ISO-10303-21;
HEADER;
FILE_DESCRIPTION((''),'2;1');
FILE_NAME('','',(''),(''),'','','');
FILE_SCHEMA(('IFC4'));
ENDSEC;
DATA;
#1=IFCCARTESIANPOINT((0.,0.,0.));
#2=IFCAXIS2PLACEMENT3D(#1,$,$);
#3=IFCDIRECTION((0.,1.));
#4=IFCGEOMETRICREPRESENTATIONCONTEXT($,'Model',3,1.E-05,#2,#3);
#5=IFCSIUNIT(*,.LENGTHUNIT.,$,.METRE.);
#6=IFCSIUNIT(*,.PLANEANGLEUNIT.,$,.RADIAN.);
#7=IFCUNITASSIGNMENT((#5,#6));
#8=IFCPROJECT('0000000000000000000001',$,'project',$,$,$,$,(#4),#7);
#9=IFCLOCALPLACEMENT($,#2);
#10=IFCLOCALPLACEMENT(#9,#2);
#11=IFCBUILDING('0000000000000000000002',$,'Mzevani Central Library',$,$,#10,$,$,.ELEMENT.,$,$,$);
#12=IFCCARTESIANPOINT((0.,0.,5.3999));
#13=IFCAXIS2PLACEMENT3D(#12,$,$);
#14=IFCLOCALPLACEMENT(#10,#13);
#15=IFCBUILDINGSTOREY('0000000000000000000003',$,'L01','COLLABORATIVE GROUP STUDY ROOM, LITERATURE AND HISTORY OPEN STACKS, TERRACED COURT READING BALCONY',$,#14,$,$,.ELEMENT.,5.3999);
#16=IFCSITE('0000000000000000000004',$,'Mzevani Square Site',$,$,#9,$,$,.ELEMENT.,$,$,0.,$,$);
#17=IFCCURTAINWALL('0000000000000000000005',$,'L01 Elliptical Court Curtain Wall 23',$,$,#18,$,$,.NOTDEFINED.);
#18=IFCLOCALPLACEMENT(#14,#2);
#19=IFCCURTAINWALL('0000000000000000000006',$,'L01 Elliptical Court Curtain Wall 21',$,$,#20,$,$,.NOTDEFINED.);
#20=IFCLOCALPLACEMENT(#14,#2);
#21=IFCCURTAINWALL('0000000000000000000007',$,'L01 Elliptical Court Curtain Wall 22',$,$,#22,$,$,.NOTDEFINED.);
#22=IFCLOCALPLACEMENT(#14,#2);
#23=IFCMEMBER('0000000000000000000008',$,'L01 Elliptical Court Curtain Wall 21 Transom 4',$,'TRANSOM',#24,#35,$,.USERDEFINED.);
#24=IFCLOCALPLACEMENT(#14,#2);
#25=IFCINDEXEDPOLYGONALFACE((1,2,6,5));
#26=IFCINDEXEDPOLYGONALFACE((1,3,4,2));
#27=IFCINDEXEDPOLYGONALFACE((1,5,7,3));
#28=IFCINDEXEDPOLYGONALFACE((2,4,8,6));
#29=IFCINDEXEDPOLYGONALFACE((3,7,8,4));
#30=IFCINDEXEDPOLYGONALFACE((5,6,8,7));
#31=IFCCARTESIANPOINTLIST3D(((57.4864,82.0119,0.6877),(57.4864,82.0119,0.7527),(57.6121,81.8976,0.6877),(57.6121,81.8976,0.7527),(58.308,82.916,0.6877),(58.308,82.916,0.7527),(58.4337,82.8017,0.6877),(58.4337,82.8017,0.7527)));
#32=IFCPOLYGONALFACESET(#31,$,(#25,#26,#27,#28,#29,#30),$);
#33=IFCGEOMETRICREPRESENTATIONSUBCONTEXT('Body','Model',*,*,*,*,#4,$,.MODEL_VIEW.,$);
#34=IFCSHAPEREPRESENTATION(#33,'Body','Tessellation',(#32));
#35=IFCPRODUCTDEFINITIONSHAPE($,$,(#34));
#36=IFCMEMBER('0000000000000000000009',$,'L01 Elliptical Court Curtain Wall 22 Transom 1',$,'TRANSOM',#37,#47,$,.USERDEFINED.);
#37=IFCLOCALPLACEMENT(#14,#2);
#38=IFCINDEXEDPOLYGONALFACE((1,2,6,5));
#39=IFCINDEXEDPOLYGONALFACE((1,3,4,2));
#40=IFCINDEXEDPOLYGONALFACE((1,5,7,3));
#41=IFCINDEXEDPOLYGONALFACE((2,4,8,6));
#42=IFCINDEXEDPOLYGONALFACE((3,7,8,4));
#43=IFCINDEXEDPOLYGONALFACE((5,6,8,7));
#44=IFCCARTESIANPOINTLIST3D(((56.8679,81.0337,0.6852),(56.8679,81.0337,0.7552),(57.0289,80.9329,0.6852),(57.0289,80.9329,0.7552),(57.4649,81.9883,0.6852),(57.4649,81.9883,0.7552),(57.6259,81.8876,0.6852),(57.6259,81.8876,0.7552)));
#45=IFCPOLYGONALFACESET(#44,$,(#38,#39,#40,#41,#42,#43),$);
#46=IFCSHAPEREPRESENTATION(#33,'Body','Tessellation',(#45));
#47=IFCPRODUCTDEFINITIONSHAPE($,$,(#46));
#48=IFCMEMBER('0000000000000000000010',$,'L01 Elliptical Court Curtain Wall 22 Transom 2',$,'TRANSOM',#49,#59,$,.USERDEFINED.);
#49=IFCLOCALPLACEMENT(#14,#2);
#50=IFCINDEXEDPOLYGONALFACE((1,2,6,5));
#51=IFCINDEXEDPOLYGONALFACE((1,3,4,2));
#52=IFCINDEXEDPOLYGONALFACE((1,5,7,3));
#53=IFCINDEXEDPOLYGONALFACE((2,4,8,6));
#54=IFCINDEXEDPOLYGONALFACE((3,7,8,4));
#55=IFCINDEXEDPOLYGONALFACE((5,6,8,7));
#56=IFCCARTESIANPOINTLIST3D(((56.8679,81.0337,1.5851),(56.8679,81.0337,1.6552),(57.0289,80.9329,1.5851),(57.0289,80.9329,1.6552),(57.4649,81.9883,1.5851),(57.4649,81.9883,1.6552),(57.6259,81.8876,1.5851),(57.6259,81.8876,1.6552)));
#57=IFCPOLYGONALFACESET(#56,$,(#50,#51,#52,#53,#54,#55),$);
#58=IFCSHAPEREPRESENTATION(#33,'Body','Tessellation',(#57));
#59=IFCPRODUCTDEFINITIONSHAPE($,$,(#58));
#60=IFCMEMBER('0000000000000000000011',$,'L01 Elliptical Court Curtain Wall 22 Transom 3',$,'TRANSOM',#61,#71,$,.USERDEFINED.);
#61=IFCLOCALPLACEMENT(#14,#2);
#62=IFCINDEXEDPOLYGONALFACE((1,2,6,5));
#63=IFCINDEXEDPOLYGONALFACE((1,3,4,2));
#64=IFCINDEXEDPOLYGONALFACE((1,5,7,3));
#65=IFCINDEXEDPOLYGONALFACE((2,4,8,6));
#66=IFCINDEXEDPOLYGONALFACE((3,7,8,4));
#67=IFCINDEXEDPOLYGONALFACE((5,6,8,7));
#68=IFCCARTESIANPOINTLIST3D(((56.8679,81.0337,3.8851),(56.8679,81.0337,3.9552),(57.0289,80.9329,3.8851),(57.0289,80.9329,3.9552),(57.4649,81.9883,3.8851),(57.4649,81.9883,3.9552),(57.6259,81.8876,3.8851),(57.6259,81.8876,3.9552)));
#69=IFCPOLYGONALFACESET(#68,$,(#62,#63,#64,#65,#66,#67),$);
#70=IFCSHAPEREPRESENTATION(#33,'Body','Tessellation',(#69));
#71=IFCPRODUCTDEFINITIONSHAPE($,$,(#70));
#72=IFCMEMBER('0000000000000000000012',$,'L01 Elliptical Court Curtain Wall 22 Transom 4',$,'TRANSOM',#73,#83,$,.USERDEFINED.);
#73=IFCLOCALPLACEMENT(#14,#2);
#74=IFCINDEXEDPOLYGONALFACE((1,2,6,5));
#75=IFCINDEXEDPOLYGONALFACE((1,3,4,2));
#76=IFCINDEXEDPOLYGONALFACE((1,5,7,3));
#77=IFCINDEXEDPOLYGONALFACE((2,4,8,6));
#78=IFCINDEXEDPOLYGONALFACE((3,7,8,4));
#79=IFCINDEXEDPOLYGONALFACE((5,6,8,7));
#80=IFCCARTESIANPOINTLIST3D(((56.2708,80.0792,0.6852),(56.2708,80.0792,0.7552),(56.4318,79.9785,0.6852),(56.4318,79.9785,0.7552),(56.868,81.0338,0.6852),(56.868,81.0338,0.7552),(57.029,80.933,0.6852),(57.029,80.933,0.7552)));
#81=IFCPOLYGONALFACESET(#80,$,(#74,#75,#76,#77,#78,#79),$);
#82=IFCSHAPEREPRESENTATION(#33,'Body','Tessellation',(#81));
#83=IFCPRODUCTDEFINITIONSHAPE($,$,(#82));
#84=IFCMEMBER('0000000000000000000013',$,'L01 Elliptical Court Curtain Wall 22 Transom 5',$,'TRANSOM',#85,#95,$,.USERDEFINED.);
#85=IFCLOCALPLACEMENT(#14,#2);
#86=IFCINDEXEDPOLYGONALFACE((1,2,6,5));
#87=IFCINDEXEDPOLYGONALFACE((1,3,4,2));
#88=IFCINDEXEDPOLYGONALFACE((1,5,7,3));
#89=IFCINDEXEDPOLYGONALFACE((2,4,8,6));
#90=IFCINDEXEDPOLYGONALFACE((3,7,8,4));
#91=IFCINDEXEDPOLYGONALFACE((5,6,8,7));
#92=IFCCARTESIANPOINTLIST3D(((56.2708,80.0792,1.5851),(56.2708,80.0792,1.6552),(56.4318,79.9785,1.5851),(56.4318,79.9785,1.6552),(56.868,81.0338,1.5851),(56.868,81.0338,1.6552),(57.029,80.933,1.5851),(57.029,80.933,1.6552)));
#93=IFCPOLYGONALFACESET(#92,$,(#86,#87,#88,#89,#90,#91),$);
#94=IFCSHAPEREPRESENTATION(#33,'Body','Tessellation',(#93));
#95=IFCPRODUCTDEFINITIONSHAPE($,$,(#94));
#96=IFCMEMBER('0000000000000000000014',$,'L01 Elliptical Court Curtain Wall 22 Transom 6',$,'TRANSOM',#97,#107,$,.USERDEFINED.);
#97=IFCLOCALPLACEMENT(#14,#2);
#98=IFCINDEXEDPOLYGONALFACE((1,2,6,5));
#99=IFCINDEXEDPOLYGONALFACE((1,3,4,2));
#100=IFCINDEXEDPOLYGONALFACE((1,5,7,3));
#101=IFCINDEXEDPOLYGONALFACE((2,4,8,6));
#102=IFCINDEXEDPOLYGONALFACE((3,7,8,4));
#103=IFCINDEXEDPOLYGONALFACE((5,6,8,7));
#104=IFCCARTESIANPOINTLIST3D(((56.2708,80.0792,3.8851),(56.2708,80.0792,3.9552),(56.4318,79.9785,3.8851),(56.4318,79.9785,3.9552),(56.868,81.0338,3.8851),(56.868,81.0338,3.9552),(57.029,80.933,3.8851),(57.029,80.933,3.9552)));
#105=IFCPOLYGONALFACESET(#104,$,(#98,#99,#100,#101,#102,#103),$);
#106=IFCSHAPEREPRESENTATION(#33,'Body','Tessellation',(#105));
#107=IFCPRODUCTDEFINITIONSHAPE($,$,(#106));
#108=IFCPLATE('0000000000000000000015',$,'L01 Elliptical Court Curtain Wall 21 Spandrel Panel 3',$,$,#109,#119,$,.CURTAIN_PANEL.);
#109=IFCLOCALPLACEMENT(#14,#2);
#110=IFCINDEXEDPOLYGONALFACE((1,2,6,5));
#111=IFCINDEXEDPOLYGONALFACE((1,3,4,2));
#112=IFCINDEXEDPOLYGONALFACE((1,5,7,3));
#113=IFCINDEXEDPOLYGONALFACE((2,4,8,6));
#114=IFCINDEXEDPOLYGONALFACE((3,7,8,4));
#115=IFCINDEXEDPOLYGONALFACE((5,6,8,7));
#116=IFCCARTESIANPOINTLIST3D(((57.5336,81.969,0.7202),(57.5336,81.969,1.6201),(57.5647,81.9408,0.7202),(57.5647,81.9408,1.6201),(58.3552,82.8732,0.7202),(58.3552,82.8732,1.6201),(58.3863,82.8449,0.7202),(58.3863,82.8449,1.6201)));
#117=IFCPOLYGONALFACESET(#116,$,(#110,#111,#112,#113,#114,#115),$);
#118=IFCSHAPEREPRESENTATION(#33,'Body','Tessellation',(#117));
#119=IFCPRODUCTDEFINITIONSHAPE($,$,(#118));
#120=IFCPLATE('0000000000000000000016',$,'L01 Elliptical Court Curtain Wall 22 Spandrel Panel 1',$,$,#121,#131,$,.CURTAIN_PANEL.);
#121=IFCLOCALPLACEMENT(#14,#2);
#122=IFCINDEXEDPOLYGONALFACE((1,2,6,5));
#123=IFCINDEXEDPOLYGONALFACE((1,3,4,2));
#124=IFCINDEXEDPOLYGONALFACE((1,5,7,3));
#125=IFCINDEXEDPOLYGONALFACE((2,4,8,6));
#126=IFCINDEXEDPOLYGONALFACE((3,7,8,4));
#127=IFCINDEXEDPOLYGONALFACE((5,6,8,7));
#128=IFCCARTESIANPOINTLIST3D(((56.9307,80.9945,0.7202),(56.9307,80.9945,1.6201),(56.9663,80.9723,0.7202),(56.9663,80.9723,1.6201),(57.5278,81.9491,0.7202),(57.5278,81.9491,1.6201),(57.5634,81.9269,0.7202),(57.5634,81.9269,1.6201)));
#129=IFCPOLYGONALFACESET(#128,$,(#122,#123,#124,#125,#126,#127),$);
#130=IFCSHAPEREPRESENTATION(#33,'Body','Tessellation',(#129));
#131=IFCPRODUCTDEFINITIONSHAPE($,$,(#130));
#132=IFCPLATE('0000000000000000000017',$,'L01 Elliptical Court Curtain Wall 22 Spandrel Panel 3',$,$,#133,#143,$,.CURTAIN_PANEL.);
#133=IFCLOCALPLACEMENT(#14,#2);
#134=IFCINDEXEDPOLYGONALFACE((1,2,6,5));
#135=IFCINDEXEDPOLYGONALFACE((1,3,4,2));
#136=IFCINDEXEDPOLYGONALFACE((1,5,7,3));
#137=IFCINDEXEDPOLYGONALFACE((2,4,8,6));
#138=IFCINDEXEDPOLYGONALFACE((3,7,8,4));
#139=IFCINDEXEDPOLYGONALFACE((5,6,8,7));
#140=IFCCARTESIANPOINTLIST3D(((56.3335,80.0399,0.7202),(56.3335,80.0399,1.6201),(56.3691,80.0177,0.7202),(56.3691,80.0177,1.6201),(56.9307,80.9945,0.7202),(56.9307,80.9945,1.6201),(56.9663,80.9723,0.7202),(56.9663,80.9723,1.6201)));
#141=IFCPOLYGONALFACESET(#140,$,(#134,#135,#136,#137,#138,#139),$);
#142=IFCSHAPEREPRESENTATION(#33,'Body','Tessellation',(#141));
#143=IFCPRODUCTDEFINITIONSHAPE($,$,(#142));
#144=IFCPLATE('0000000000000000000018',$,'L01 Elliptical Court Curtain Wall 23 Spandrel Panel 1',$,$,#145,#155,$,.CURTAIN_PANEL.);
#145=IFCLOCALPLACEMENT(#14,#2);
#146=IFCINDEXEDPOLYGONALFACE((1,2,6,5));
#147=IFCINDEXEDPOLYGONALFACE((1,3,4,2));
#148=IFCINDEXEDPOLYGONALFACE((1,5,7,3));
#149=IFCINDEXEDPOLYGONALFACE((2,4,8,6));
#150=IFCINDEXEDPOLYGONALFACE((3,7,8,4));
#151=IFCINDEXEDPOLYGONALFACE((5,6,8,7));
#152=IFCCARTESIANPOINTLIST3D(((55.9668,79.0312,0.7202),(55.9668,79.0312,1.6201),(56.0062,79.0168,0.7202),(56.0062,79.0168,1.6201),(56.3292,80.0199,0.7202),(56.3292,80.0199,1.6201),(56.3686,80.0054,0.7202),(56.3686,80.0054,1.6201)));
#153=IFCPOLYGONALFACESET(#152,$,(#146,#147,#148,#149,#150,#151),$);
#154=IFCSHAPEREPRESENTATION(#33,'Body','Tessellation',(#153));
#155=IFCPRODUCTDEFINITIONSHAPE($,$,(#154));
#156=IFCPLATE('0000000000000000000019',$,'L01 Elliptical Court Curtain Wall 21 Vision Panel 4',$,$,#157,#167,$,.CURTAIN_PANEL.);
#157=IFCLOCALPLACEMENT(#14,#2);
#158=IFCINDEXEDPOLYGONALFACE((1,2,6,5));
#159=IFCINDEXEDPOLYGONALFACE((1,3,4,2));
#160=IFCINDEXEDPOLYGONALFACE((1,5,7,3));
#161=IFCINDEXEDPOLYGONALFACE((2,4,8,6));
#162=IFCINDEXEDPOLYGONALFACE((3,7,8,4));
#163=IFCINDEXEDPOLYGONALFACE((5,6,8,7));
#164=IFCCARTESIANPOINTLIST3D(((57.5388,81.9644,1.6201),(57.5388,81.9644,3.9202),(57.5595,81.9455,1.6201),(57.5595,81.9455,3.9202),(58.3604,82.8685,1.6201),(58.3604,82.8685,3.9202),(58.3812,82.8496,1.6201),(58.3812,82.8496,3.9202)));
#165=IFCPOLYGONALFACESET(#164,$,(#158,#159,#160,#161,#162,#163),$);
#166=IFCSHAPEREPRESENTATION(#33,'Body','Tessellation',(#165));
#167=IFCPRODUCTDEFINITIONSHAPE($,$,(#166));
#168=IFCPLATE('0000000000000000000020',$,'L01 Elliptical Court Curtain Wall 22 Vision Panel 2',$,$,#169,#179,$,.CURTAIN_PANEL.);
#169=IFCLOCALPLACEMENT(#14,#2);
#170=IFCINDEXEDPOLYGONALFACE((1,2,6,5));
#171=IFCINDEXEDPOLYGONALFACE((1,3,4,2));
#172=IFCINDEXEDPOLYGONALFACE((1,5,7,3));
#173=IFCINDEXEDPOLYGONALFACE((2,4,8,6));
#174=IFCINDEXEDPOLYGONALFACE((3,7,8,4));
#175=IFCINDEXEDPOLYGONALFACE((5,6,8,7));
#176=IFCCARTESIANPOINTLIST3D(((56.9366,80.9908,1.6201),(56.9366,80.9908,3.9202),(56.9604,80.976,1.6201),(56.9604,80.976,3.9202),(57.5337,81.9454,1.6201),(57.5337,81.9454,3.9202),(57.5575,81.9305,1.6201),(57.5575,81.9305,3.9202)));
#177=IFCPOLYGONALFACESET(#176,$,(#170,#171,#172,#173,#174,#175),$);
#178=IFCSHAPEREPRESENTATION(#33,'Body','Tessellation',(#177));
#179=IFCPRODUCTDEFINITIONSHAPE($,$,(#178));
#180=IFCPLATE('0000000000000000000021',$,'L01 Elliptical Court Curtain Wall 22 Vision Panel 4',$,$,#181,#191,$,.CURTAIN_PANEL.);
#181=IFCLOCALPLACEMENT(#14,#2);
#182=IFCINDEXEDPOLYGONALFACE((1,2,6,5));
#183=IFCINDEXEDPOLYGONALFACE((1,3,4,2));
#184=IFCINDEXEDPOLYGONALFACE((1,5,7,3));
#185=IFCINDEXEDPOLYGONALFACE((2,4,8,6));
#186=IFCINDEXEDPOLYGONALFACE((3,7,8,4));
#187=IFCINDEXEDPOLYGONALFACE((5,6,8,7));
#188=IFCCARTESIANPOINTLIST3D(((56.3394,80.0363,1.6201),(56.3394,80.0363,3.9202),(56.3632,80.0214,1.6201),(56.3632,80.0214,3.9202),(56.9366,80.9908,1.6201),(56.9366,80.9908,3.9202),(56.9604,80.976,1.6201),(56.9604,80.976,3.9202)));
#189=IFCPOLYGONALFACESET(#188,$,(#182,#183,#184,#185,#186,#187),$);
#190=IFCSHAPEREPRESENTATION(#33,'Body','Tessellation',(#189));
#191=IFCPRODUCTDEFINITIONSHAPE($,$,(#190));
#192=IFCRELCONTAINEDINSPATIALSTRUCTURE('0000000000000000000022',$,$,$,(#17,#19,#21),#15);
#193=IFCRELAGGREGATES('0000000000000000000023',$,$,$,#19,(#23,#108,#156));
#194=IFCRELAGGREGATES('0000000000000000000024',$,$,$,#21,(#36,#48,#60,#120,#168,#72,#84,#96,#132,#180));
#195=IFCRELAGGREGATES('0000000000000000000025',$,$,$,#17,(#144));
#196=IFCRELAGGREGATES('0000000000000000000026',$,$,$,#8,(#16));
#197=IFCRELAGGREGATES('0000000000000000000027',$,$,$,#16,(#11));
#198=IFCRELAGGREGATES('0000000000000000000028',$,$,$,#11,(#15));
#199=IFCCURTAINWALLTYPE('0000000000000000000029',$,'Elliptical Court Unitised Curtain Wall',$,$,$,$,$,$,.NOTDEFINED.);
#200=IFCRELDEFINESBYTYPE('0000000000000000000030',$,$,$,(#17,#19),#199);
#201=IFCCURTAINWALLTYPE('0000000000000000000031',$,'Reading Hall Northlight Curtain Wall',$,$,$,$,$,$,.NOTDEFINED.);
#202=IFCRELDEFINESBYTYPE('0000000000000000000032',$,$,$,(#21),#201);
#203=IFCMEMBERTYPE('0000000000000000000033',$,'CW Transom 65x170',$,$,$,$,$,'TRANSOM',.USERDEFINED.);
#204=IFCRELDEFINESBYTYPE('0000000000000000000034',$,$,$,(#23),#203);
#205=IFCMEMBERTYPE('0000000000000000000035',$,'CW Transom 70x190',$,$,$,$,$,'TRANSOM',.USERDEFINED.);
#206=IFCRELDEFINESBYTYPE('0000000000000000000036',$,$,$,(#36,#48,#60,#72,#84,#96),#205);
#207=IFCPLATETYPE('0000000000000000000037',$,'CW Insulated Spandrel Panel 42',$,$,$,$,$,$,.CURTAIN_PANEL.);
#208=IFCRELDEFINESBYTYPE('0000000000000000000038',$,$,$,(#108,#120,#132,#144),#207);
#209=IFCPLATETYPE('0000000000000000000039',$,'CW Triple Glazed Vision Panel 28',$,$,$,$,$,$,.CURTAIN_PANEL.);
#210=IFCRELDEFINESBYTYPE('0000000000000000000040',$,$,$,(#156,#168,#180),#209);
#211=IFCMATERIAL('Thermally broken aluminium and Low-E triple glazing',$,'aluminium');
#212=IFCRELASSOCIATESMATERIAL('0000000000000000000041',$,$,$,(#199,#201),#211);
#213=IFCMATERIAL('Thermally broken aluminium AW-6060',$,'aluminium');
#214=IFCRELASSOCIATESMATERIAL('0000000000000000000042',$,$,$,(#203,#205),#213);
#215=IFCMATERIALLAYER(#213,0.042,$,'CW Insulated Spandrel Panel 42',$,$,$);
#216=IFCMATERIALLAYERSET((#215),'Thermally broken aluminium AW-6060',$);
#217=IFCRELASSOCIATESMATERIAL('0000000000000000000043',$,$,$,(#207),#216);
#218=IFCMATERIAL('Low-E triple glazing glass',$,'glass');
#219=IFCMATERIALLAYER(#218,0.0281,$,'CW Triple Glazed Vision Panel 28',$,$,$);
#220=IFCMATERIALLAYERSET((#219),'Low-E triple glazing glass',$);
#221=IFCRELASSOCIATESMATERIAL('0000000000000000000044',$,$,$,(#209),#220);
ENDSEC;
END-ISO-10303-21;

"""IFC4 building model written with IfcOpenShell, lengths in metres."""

from ifc_helpers import new_model, si_unit, direction, frame, origin, origin_2d, place, context, subcontext, project, spatial, rectangle, extrude, material, layer, layer_set, material_profile, profile_set, type_object, element, aggregate, save


model = new_model("IFC4")

# Units and contexts
model_context = context("Model", 3, precision=1e-05, world=origin(), true_north=direction((0.0, 1.0)))
body_context = subcontext(model_context, "Body", "Model", "MODEL_VIEW")
ifc_project = project(units=[si_unit("LENGTHUNIT", "METRE"), si_unit("PLANEANGLEUNIT", "RADIAN")], contexts=[model_context])

# Site, building, storey
site_placement = place(None, origin())
site = spatial("IfcSite", under=ifc_project, at=site_placement, Name="Mzevani Square Site", CompositionType="ELEMENT", RefElevation=0.0)
building_placement = place(site_placement, origin())
building = spatial("IfcBuilding", under=site, at=building_placement, Name="Mzevani Central Library", CompositionType="ELEMENT")
storey_placement = place(building_placement, frame((0.0, 0.0, 5.3999)))
storey = spatial("IfcBuildingStorey", under=building, at=storey_placement, Name="L01", Description="COLLABORATIVE GROUP STUDY ROOM, LITERATURE AND HISTORY OPEN STACKS, TERRACED COURT READING BALCONY", CompositionType="ELEMENT", Elevation=5.3999)

# Curtain walls
ifc_material_1 = material(Name="Thermally broken aluminium and Low-E triple glazing", Category="aluminium")
curtain_wall_type_1 = type_object("IfcCurtainWallType", Name="Elliptical Court Unitised Curtain Wall", PredefinedType="NOTDEFINED", material=ifc_material_1)
curtain_wall_1_placement = place(storey_placement, origin())
curtain_wall_1 = element("IfcCurtainWall", 1, at=curtain_wall_1_placement, inside=storey, type_object=curtain_wall_type_1, Name="L01 Elliptical Court Curtain Wall 23", PredefinedType="NOTDEFINED")
ifc_material_2 = material(Name="Thermally broken aluminium AW-6060", Category="aluminium")
curtain_wall_2_placement = place(storey_placement, origin())
curtain_wall_2 = element("IfcCurtainWall", 2, at=curtain_wall_2_placement, inside=storey, type_object=curtain_wall_type_1, Name="L01 Elliptical Court Curtain Wall 21", PredefinedType="NOTDEFINED")
curtain_wall_type_2 = type_object("IfcCurtainWallType", Name="Reading Hall Northlight Curtain Wall", PredefinedType="NOTDEFINED", material=ifc_material_1)
curtain_wall_3_placement = place(storey_placement, origin())
curtain_wall_3 = element("IfcCurtainWall", 3, at=curtain_wall_3_placement, inside=storey, type_object=curtain_wall_type_2, Name="L01 Elliptical Court Curtain Wall 22", PredefinedType="NOTDEFINED")

# Members
ifc_material_profile_1 = material_profile(ifc_material_2, rectangle(XDim=0.1699, YDim=0.0649, at=origin_2d()), Name="ALU T65x170")
ifc_profile_set_1 = profile_set([ifc_material_profile_1], Name="Thermally broken aluminium AW-6060")
member_type_1 = type_object("IfcMemberType", Name="CW Transom 65x170", ElementType="TRANSOM", PredefinedType="USERDEFINED", material=ifc_profile_set_1)
member_1_placement = place(storey_placement, frame((58.3708, 82.8589, 0.7202), z_axis=(-0.672524, -0.740076, 0.0), x_axis=(0.740076, -0.672524, 0.0)))
member_1 = element("IfcMember", 4, at=member_1_placement, type_object=member_type_1, Name="L01 Elliptical Court Curtain Wall 21 Transom 4", ObjectType="TRANSOM", PredefinedType="USERDEFINED", context=body_context, shape_type="SweptSolid", body=[
    extrude(rectangle(XDim=0.1699, YDim=0.0649, at=origin_2d()), origin(), (0.0, 0.0, 1.0), 1.2217),
])
ifc_material_profile_2 = material_profile(ifc_material_2, rectangle(XDim=0.1899, YDim=0.0701, at=origin_2d()), Name="ALU T70x190")
ifc_profile_set_2 = profile_set([ifc_material_profile_2], Name="Thermally broken aluminium AW-6060")
member_type_2 = type_object("IfcMemberType", Name="CW Transom 70x190", ElementType="TRANSOM", PredefinedType="USERDEFINED", material=ifc_profile_set_2)
member_2_placement = place(storey_placement, frame((57.5454, 81.938, 0.7202), z_axis=(-0.530194, -0.847876, 0.0), x_axis=(0.847876, -0.530194, 0.0)))
member_2 = element("IfcMember", 5, at=member_2_placement, type_object=member_type_2, Name="L01 Elliptical Court Curtain Wall 22 Transom 1", ObjectType="TRANSOM", PredefinedType="USERDEFINED", context=body_context, shape_type="SweptSolid", body=[
    extrude(rectangle(XDim=0.1899, YDim=0.0701, at=origin_2d()), origin(), (0.0, 0.0, 1.0), 1.126),
])
member_3_placement = place(storey_placement, frame((57.5454, 81.938, 1.6201), z_axis=(-0.530194, -0.847876, 0.0), x_axis=(0.847876, -0.530194, 0.0)))
member_3 = element("IfcMember", 6, at=member_3_placement, type_object=member_type_2, Name="L01 Elliptical Court Curtain Wall 22 Transom 2", ObjectType="TRANSOM", PredefinedType="USERDEFINED", context=body_context, shape_type="SweptSolid", body=[
    extrude(rectangle(XDim=0.1899, YDim=0.0701, at=origin_2d()), origin(), (0.0, 0.0, 1.0), 1.126),
])
member_4_placement = place(storey_placement, frame((57.5454, 81.938, 3.9202), z_axis=(-0.530194, -0.847876, 0.0), x_axis=(0.847876, -0.530194, 0.0)))
member_4 = element("IfcMember", 7, at=member_4_placement, type_object=member_type_2, Name="L01 Elliptical Court Curtain Wall 22 Transom 3", ObjectType="TRANSOM", PredefinedType="USERDEFINED", context=body_context, shape_type="SweptSolid", body=[
    extrude(rectangle(XDim=0.1899, YDim=0.0701, at=origin_2d()), origin(), (0.0, 0.0, 1.0), 1.126),
])
member_5_placement = place(storey_placement, frame((56.9485, 80.9834, 0.7202), z_axis=(-0.53035, -0.847779, 0.0), x_axis=(0.847779, -0.53035, 0.0)))
member_5 = element("IfcMember", 8, at=member_5_placement, type_object=member_type_2, Name="L01 Elliptical Court Curtain Wall 22 Transom 4", ObjectType="TRANSOM", PredefinedType="USERDEFINED", context=body_context, shape_type="SweptSolid", body=[
    extrude(rectangle(XDim=0.1899, YDim=0.0701, at=origin_2d()), origin(), (0.0, 0.0, 1.0), 1.126),
])
member_6_placement = place(storey_placement, frame((56.9485, 80.9834, 1.6201), z_axis=(-0.53035, -0.847779, 0.0), x_axis=(0.847779, -0.53035, 0.0)))
member_6 = element("IfcMember", 9, at=member_6_placement, type_object=member_type_2, Name="L01 Elliptical Court Curtain Wall 22 Transom 5", ObjectType="TRANSOM", PredefinedType="USERDEFINED", context=body_context, shape_type="SweptSolid", body=[
    extrude(rectangle(XDim=0.1899, YDim=0.0701, at=origin_2d()), origin(), (0.0, 0.0, 1.0), 1.126),
])
member_7_placement = place(storey_placement, frame((56.9485, 80.9834, 3.9202), z_axis=(-0.53035, -0.847779, 0.0), x_axis=(0.847779, -0.53035, 0.0)))
member_7 = element("IfcMember", 10, at=member_7_placement, type_object=member_type_2, Name="L01 Elliptical Court Curtain Wall 22 Transom 6", ObjectType="TRANSOM", PredefinedType="USERDEFINED", context=body_context, shape_type="SweptSolid", body=[
    extrude(rectangle(XDim=0.1899, YDim=0.0701, at=origin_2d()), origin(), (0.0, 0.0, 1.0), 1.126),
])

# Plates
ifc_layer_1 = layer(ifc_material_2, 0.042, Name="CW Insulated Spandrel Panel 42")
ifc_layer_set_1 = layer_set([ifc_layer_1], Name="Thermally broken aluminium AW-6060")
plate_type_1 = type_object("IfcPlateType", Name="CW Insulated Spandrel Panel 42", PredefinedType="CURTAIN_PANEL", material=ifc_layer_set_1)
plate_1_placement = place(storey_placement, frame((57.96, 82.407, 0.7202), z_axis=(0.0, 0.0, 1.0), x_axis=(-0.672532, -0.740068, 0.0)))
plate_1 = element("IfcPlate", 11, at=plate_1_placement, type_object=plate_type_1, Name="L01 Elliptical Court Curtain Wall 21 Spandrel Panel 3", PredefinedType="CURTAIN_PANEL", context=body_context, shape_type="SweptSolid", body=[
    extrude(rectangle(XDim=1.2217, YDim=0.042, at=origin_2d()), origin(), (0.0, 0.0, 1.0), 0.8999),
])
plate_2_placement = place(storey_placement, frame((57.2471, 81.4607, 0.7202), z_axis=(0.0, 0.0, 1.0), x_axis=(-0.530343, -0.847783, 0.0)))
plate_2 = element("IfcPlate", 12, at=plate_2_placement, type_object=plate_type_1, Name="L01 Elliptical Court Curtain Wall 22 Spandrel Panel 1", PredefinedType="CURTAIN_PANEL", context=body_context, shape_type="SweptSolid", body=[
    extrude(rectangle(XDim=1.126, YDim=0.042, at=origin_2d()), origin(), (0.0, 0.0, 1.0), 0.8999),
])
plate_3_placement = place(storey_placement, frame((56.6499, 80.5061, 0.7202), z_axis=(0.0, 0.0, 1.0), x_axis=(-0.530343, -0.847783, 0.0)))
plate_3 = element("IfcPlate", 13, at=plate_3_placement, type_object=plate_type_1, Name="L01 Elliptical Court Curtain Wall 22 Spandrel Panel 3", PredefinedType="CURTAIN_PANEL", context=body_context, shape_type="SweptSolid", body=[
    extrude(rectangle(XDim=1.126, YDim=0.042, at=origin_2d()), origin(), (0.0, 0.0, 1.0), 0.8999),
])
plate_4_placement = place(storey_placement, frame((56.1677, 79.5183, 0.7202), z_axis=(0.0, 0.0, 1.0), x_axis=(-0.344166, -0.938909, 0.0)))
plate_4 = element("IfcPlate", 14, at=plate_4_placement, type_object=plate_type_1, Name="L01 Elliptical Court Curtain Wall 23 Spandrel Panel 1", PredefinedType="CURTAIN_PANEL", context=body_context, shape_type="SweptSolid", body=[
    extrude(rectangle(XDim=1.053, YDim=0.042, at=origin_2d()), origin(), (0.0, 0.0, 1.0), 0.8999),
])
ifc_material_3 = material(Name="Low-E triple glazing glass", Category="glass")
ifc_layer_2 = layer(ifc_material_3, 0.0281, Name="CW Triple Glazed Vision Panel 28")
ifc_layer_set_2 = layer_set([ifc_layer_2], Name="Low-E triple glazing glass")
plate_type_2 = type_object("IfcPlateType", Name="CW Triple Glazed Vision Panel 28", PredefinedType="CURTAIN_PANEL", material=ifc_layer_set_2)
plate_5_placement = place(storey_placement, frame((57.96, 82.407, 1.6201), z_axis=(0.0, 0.0, 1.0), x_axis=(-0.672532, -0.740068, 0.0)))
plate_5 = element("IfcPlate", 15, at=plate_5_placement, type_object=plate_type_2, Name="L01 Elliptical Court Curtain Wall 21 Vision Panel 4", PredefinedType="CURTAIN_PANEL", context=body_context, shape_type="SweptSolid", body=[
    extrude(rectangle(XDim=1.2217, YDim=0.0281, at=origin_2d()), origin(), (0.0, 0.0, 1.0), 2.3),
])
aggregate(curtain_wall_2, [member_1, plate_1, plate_5])
plate_6_placement = place(storey_placement, frame((57.2471, 81.4607, 1.6201), z_axis=(0.0, 0.0, 1.0), x_axis=(-0.530343, -0.847783, 0.0)))
plate_6 = element("IfcPlate", 16, at=plate_6_placement, type_object=plate_type_2, Name="L01 Elliptical Court Curtain Wall 22 Vision Panel 2", PredefinedType="CURTAIN_PANEL", context=body_context, shape_type="SweptSolid", body=[
    extrude(rectangle(XDim=1.126, YDim=0.0281, at=origin_2d()), origin(), (0.0, 0.0, 1.0), 2.3),
])
plate_7_placement = place(storey_placement, frame((56.6499, 80.5061, 1.6201), z_axis=(0.0, 0.0, 1.0), x_axis=(-0.530343, -0.847783, 0.0)))
plate_7 = element("IfcPlate", 17, at=plate_7_placement, type_object=plate_type_2, Name="L01 Elliptical Court Curtain Wall 22 Vision Panel 4", PredefinedType="CURTAIN_PANEL", context=body_context, shape_type="SweptSolid", body=[
    extrude(rectangle(XDim=1.126, YDim=0.0281, at=origin_2d()), origin(), (0.0, 0.0, 1.0), 2.3),
])
aggregate(curtain_wall_3, [member_2, member_3, member_4, plate_2, plate_6, member_5, member_6, member_7, plate_3, plate_7])
aggregate(curtain_wall_1, [plate_4])

save(model, "model.ifc")
